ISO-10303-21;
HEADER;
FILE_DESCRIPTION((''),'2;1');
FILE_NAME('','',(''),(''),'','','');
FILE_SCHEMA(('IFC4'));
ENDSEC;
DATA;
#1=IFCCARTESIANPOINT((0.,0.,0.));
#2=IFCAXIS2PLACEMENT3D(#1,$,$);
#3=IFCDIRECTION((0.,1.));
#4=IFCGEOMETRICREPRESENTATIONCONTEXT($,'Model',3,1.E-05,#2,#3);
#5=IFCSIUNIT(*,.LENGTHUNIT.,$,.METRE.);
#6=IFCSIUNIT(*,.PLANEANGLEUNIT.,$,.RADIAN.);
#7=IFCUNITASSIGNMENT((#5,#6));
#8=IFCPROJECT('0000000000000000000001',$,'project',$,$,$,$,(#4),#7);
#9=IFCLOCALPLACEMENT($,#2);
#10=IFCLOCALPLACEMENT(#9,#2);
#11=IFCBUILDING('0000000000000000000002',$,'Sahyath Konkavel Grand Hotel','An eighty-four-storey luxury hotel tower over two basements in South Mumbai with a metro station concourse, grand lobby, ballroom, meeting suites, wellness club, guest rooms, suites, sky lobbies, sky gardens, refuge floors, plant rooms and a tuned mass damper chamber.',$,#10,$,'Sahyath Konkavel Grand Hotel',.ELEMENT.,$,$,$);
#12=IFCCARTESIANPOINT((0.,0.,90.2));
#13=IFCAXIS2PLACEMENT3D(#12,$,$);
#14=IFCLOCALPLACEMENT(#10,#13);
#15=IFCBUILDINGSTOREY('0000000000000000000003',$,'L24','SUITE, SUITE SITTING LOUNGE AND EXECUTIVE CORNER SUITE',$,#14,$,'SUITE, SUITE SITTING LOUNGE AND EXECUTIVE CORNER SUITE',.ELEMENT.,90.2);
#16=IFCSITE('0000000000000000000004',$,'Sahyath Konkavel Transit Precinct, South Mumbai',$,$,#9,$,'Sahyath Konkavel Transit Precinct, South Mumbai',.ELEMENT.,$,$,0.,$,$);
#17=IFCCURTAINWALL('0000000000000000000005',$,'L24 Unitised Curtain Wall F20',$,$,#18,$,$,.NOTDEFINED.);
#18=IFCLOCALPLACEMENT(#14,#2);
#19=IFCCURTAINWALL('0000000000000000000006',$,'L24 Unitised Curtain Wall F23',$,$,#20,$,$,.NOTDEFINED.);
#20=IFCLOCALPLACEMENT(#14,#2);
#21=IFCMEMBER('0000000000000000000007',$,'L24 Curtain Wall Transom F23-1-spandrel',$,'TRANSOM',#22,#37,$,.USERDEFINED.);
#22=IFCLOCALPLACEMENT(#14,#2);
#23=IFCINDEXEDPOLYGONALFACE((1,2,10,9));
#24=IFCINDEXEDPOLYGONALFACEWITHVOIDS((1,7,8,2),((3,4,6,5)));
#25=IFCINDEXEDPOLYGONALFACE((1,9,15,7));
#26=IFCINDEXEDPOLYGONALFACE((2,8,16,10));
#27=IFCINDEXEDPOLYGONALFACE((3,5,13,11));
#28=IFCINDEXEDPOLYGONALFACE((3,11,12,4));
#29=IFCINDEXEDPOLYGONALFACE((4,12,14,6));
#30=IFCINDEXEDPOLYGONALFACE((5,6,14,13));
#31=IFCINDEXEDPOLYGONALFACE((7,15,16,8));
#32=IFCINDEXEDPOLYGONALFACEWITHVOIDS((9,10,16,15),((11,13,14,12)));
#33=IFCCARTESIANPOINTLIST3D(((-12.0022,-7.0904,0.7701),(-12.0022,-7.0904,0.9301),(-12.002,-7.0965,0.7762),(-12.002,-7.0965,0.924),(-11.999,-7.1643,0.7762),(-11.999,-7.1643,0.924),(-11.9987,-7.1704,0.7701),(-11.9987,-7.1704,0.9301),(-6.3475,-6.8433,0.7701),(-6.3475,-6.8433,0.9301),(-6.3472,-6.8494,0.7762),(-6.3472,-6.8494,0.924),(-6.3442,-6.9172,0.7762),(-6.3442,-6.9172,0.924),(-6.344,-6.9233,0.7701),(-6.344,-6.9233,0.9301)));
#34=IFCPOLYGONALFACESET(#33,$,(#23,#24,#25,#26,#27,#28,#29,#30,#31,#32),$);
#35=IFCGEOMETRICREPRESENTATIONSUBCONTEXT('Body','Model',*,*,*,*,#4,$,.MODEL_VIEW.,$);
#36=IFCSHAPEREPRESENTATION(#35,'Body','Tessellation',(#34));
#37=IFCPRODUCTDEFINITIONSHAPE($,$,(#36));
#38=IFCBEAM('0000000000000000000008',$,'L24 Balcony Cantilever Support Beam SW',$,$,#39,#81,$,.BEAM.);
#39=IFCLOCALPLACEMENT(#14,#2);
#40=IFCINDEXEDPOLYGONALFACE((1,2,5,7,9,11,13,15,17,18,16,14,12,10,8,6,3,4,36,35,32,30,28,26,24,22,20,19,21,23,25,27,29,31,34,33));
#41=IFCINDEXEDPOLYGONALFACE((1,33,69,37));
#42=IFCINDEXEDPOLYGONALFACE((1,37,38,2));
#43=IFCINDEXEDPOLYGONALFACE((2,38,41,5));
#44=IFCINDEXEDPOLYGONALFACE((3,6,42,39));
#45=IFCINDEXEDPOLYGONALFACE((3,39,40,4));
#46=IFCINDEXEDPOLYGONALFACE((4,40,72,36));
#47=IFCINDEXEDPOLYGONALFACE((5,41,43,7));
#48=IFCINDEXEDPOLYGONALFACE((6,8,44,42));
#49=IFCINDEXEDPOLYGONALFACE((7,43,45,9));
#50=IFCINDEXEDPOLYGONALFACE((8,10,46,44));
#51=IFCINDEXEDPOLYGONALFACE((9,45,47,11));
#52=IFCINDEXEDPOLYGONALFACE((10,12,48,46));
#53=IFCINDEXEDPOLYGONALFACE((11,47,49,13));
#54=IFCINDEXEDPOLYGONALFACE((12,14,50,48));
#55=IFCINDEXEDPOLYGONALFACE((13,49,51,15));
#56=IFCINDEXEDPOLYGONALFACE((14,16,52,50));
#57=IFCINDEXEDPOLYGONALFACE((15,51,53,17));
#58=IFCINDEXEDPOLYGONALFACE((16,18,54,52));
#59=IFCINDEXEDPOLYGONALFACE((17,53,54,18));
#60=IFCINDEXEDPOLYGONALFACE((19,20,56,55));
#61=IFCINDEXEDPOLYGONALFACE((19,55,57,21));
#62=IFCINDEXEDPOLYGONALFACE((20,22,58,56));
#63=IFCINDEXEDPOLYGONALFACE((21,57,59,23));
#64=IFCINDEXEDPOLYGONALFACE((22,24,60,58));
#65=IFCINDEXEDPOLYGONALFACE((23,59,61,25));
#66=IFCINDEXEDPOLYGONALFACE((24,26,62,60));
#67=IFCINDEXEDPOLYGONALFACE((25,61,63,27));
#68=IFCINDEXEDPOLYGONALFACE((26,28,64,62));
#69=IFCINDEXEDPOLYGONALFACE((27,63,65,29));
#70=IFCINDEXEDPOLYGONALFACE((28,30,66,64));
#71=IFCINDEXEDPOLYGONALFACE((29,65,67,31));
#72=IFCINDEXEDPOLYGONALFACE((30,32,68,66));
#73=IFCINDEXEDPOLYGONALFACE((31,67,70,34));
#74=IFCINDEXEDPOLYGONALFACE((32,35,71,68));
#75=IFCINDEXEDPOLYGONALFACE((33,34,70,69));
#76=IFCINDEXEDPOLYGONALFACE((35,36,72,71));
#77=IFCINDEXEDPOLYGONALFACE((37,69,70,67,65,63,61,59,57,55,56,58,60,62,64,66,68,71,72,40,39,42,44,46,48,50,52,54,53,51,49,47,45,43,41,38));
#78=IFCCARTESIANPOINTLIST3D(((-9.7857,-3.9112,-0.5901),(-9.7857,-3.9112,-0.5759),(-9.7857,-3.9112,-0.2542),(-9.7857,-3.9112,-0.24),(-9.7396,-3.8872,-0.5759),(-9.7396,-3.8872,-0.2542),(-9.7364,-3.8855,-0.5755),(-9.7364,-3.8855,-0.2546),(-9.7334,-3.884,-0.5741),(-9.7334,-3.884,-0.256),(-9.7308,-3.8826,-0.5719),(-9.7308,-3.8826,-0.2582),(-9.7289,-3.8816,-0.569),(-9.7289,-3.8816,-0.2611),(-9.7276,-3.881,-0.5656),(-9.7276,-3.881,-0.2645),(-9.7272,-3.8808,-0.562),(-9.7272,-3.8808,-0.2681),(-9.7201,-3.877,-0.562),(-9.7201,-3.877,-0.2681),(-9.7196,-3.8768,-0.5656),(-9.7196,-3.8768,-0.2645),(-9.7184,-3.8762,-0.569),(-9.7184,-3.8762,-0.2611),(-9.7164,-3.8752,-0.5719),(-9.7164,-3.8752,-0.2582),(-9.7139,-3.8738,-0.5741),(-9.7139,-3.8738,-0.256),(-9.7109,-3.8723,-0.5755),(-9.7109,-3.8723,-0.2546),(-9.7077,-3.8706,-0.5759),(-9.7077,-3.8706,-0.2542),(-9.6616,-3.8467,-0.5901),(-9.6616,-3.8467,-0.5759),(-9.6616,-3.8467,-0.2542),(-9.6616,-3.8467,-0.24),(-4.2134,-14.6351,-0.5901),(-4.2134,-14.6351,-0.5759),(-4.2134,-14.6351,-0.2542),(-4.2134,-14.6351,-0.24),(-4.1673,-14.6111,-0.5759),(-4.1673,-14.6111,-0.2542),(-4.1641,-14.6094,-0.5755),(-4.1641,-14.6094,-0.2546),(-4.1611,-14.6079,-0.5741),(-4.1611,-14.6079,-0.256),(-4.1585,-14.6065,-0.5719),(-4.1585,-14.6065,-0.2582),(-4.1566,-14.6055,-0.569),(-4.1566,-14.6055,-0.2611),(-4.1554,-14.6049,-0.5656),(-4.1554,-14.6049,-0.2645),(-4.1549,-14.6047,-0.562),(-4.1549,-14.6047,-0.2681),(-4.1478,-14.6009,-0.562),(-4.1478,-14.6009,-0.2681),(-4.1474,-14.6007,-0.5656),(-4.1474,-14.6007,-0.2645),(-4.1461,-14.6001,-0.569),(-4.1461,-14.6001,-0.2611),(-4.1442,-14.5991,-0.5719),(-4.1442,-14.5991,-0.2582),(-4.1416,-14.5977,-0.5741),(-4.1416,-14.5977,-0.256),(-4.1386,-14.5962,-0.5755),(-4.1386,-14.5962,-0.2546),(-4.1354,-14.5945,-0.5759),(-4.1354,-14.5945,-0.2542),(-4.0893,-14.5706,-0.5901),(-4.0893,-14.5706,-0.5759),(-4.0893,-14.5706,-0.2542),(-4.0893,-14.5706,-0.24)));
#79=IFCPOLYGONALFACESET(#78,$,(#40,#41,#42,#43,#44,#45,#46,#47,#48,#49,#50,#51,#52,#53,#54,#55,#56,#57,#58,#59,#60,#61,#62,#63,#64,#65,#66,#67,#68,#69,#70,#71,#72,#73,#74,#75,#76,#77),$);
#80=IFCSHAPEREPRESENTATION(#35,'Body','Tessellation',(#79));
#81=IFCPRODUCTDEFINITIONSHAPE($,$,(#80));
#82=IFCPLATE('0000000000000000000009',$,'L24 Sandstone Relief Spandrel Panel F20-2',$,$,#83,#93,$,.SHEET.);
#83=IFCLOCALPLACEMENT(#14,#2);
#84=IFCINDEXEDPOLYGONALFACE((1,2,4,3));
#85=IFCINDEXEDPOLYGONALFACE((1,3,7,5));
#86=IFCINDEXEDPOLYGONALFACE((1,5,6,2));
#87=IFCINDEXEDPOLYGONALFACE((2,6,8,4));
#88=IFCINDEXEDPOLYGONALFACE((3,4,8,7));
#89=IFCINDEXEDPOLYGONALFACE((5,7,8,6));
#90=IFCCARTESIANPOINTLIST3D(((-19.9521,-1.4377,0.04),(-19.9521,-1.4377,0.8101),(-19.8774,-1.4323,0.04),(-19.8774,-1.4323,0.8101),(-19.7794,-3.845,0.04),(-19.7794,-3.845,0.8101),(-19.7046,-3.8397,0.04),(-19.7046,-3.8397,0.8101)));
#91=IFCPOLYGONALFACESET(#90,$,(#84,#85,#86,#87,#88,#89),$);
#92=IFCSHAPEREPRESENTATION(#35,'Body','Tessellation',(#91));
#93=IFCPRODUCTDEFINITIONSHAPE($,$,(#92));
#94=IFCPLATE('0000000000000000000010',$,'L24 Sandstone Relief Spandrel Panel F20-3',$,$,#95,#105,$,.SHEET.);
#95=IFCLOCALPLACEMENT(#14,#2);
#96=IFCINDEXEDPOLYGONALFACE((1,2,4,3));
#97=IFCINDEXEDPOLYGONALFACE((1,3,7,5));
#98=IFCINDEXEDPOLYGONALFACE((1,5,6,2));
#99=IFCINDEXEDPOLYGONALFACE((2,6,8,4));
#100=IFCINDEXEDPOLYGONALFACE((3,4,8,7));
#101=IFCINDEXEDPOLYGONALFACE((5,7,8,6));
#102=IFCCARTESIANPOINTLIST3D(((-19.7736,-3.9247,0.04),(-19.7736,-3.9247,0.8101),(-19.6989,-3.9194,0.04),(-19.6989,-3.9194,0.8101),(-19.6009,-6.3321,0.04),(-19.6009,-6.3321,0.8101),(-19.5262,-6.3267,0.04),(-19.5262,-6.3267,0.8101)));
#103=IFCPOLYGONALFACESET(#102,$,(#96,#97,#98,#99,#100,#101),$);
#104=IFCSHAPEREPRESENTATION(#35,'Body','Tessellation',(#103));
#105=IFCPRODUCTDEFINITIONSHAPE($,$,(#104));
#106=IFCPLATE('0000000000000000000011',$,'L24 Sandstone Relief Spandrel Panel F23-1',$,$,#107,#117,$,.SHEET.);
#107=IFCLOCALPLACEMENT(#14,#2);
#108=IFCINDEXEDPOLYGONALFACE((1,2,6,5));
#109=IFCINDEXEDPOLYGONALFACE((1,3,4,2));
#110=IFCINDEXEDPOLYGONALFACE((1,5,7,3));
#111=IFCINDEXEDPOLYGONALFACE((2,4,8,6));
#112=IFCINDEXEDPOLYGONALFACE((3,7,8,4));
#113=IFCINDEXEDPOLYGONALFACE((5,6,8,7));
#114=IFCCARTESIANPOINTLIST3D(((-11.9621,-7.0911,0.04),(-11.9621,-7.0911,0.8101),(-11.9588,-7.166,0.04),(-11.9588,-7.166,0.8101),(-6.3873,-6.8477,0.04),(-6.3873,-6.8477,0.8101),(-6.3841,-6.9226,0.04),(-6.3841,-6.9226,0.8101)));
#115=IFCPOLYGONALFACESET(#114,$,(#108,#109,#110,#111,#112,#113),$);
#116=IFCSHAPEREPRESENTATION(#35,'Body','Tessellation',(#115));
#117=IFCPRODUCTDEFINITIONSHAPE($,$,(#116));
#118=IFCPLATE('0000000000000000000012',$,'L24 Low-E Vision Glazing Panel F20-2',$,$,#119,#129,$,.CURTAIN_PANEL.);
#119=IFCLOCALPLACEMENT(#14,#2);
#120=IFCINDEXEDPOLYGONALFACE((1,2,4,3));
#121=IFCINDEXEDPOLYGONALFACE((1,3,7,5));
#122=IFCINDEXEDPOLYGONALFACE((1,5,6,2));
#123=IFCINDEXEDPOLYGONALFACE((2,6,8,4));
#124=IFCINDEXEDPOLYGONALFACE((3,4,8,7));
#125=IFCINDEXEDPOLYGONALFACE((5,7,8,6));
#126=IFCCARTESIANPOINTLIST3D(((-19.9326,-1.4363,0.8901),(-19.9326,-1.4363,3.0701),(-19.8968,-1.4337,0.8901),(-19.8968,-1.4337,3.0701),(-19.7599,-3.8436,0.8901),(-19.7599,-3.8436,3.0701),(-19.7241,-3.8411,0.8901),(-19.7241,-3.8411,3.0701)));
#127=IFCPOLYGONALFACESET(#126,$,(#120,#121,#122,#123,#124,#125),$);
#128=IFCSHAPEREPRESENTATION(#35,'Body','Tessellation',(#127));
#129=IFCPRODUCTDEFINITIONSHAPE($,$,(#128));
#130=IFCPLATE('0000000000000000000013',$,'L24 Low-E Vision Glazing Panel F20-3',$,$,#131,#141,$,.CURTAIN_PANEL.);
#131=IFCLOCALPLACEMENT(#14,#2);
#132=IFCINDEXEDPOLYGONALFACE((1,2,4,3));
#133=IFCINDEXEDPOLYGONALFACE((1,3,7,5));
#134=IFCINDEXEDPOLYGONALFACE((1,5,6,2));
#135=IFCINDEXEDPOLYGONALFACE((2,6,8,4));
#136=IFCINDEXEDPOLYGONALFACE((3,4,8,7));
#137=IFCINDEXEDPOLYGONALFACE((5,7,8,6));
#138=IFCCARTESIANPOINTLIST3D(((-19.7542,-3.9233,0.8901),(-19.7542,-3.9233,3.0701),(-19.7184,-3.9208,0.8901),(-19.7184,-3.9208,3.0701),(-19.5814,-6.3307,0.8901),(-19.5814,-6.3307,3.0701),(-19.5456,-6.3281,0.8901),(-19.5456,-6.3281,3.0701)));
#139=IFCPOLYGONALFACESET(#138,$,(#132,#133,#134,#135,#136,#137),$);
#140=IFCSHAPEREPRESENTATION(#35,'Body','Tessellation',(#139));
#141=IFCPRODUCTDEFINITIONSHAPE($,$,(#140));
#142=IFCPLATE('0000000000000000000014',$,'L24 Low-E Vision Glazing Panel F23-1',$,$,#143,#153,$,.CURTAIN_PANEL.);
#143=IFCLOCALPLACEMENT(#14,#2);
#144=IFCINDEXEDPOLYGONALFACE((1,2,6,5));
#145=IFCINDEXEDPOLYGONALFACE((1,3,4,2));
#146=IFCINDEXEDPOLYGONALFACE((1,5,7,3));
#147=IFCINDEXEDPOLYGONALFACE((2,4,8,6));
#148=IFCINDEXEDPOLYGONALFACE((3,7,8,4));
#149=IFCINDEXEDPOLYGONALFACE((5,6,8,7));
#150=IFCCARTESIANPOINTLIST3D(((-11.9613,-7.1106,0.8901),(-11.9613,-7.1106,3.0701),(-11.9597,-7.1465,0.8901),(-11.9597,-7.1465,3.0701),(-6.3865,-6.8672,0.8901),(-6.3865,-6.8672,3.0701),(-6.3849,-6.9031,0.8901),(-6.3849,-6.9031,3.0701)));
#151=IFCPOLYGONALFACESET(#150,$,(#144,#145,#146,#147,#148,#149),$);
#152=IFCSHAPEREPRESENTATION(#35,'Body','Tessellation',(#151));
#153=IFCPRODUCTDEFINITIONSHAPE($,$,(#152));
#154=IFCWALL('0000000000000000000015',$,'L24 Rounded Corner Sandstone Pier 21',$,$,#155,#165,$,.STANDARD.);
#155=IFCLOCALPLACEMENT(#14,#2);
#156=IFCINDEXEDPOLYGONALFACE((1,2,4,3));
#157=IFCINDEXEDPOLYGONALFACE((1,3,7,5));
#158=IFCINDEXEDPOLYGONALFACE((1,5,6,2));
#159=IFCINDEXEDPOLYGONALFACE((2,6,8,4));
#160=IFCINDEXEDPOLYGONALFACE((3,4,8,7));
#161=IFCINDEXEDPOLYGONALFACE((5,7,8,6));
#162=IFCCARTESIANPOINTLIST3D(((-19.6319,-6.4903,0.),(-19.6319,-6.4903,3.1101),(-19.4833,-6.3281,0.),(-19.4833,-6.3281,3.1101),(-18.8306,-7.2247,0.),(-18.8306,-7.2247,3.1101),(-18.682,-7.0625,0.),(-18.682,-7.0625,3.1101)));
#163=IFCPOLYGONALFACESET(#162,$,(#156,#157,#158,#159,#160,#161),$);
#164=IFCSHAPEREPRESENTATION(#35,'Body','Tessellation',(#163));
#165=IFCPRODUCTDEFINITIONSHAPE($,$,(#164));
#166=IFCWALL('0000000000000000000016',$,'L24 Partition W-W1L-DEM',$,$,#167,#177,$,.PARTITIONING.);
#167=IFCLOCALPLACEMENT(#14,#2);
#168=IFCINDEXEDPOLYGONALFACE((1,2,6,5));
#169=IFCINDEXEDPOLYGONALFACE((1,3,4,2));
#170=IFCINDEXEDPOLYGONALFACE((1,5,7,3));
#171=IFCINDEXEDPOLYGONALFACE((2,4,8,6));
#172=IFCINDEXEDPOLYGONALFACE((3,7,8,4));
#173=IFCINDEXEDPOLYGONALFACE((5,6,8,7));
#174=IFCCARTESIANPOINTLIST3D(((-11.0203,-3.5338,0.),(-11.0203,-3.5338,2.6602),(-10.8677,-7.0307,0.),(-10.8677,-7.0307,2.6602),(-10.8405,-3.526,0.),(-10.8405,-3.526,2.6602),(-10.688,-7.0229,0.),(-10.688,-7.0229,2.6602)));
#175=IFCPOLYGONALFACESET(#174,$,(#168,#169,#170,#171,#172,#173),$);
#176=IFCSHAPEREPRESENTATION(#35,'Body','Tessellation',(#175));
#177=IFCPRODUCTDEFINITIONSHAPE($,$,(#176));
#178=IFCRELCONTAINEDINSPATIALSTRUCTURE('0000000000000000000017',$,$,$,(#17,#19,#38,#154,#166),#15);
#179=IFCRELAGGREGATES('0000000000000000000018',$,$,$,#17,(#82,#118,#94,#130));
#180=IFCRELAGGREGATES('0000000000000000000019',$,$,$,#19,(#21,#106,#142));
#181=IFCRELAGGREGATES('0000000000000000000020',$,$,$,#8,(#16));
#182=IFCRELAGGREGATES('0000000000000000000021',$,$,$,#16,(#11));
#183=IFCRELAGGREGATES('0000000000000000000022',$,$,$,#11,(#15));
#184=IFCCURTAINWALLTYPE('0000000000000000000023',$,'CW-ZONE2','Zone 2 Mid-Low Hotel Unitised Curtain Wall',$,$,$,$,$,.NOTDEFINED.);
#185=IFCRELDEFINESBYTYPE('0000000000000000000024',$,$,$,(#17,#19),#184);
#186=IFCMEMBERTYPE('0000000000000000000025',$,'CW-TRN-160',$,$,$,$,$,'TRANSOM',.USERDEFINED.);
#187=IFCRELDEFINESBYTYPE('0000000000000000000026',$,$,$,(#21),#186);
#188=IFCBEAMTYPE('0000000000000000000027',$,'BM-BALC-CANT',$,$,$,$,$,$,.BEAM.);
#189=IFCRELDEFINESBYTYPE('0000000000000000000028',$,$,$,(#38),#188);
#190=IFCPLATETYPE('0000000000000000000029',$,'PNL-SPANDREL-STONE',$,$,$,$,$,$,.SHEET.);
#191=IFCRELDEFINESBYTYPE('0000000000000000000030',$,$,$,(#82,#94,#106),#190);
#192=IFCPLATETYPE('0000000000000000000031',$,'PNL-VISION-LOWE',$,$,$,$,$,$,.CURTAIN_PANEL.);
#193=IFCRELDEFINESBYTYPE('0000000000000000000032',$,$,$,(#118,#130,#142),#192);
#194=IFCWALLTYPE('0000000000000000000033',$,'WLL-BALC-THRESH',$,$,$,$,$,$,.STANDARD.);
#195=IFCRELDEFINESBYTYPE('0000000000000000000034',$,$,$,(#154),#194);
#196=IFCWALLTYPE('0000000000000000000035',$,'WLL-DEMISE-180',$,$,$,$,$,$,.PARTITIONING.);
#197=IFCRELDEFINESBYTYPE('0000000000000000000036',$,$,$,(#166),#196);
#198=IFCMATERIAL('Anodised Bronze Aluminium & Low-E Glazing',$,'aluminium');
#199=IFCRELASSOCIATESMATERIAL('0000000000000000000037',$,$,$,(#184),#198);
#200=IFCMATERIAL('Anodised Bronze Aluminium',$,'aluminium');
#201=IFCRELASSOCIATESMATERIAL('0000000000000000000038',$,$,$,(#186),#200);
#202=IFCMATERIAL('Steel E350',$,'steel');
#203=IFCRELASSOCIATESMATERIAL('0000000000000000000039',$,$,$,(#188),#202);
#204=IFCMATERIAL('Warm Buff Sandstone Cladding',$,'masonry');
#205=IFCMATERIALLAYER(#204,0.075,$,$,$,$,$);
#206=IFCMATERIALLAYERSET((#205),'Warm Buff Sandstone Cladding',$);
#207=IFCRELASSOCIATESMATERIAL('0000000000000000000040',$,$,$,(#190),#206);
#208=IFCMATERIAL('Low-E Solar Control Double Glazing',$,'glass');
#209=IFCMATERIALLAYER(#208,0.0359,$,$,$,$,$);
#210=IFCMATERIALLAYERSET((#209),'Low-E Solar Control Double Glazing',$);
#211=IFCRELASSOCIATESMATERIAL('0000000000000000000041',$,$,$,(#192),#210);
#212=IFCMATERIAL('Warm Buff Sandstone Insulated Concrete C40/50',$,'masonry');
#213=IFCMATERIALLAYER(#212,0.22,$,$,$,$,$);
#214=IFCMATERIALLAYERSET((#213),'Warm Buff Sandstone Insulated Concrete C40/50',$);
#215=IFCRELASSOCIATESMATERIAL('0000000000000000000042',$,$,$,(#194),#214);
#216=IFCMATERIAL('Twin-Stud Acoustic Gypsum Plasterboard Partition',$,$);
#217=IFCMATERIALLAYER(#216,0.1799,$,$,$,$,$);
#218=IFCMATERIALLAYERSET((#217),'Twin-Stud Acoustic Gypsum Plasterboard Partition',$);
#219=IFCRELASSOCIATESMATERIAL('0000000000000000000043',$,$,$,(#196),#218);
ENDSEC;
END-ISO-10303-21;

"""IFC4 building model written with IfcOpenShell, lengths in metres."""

from ifc_helpers import new_model, si_unit, direction, frame, frame_2d, origin, origin_2d, place, context, subcontext, project, spatial, rectangle, hollow_rectangle, i_section, extrude, source, transform, mapped, material, layer, layer_set, material_profile, profile_set, type_object, element, aggregate, save


model = new_model("IFC4")

# Units and contexts
model_context = context("Model", 3, precision=1e-05, world=origin(), true_north=direction((0.0, 1.0)))
body_context = subcontext(model_context, "Body", "Model", "MODEL_VIEW")
ifc_project = project(units=[si_unit("LENGTHUNIT", "METRE"), si_unit("PLANEANGLEUNIT", "RADIAN")], contexts=[model_context])

# Site, building, storey
site_placement = place(None, origin())
site = spatial("IfcSite", under=ifc_project, at=site_placement, Name="Sahyath Konkavel Transit Precinct, South Mumbai", LongName="Sahyath Konkavel Transit Precinct, South Mumbai", CompositionType="ELEMENT", RefElevation=0.0)
building_placement = place(site_placement, origin())
building = spatial("IfcBuilding", under=site, at=building_placement, Name="Sahyath Konkavel Grand Hotel", Description="An eighty-four-storey luxury hotel tower over two basements in South Mumbai with a metro station concourse, grand lobby, ballroom, meeting suites, wellness club, guest rooms, suites, sky lobbies, sky gardens, refuge floors, plant rooms and a tuned mass damper chamber.", LongName="Sahyath Konkavel Grand Hotel", CompositionType="ELEMENT")
storey_placement = place(building_placement, frame((0.0, 0.0, 90.2)))
storey = spatial("IfcBuildingStorey", under=building, at=storey_placement, Name="L24", Description="SUITE, SUITE SITTING LOUNGE AND EXECUTIVE CORNER SUITE", LongName="SUITE, SUITE SITTING LOUNGE AND EXECUTIVE CORNER SUITE", CompositionType="ELEMENT", Elevation=90.2)

# Shared definitions
ifc_material_1 = material(Name="Steel E350", Category="steel")

# Curtain wall
ifc_material_2 = material(Name="Anodised Bronze Aluminium & Low-E Glazing", Category="aluminium")
curtain_wall_type = type_object("IfcCurtainWallType", Name="CW-ZONE2", Description="Zone 2 Mid-Low Hotel Unitised Curtain Wall", PredefinedType="NOTDEFINED", material=ifc_material_2)
curtain_wall_1_placement = place(storey_placement, origin())
curtain_wall_1 = element("IfcCurtainWall", 1, at=curtain_wall_1_placement, inside=storey, type_object=curtain_wall_type, Name="L24 Unitised Curtain Wall F20", PredefinedType="NOTDEFINED")
ifc_material_3 = material(Name="Anodised Bronze Aluminium", Category="aluminium")
ifc_material_profile_1 = material_profile(ifc_material_3, hollow_rectangle(XDim=0.0801, YDim=0.1599, WallThickness=0.0061, at=origin_2d()), Name="RHS 160x80x6")
ifc_profile_set_1 = profile_set([ifc_material_profile_1], Name="Anodised Bronze Aluminium")
member_type_1 = type_object("IfcMemberType", Name="CW-TRN-160", ElementType="TRANSOM", PredefinedType="USERDEFINED", material=ifc_profile_set_1)

# Curtain wall, member
curtain_wall_2_placement = place(storey_placement, origin())
curtain_wall_2 = element("IfcCurtainWall", 2, at=curtain_wall_2_placement, inside=storey, type_object=curtain_wall_type, Name="L24 Unitised Curtain Wall F23", PredefinedType="NOTDEFINED")
shared_shape_1 = source(origin(), body_context, "Body", "SweptSolid", [
    extrude(hollow_rectangle(XDim=0.0801, YDim=0.1599, WallThickness=0.0061, at=origin_2d()), origin(), (0.0, 0.0, 1.0), 5.6602),
])
member_1_placement = place(storey_placement, frame((-12.0005, -7.1304, 0.8501), z_axis=(0.999047, 0.043651, 0.0), x_axis=(-0.043651, 0.999047, 0.0)))
member_1 = element("IfcMember", 3, at=member_1_placement, type_object=member_type_1, Name="L24 Curtain Wall Transom F23-1-spandrel", ObjectType="TRANSOM", PredefinedType="USERDEFINED", context=body_context, shape_type="MappedRepresentation", body=[
    mapped(shared_shape_1, transform((0.0, 0.0, 0.0), scale=1.0)),
])

# Beam
ifc_material_profile_2 = material_profile(ifc_material_1, i_section(OverallWidth=0.1399, OverallDepth=0.3501, WebThickness=0.0081, FlangeThickness=0.0142, FilletRadius=0.0139, at=origin_2d()), Name="ISMB 350")
ifc_profile_set_2 = profile_set([ifc_material_profile_2], Name="Steel E350")
beam_type_1 = type_object("IfcBeamType", Name="BM-BALC-CANT", PredefinedType="BEAM", material=ifc_profile_set_2)
shared_shape_2 = source(origin(), body_context, "Body", "SweptSolid", [
    extrude(i_section(OverallWidth=0.1399, OverallDepth=0.3501, WebThickness=0.0081, FlangeThickness=0.0142, FilletRadius=0.0139, at=origin_2d()), origin(), (0.0, 0.0, 1.0), 12.0852),
])
beam_1_placement = place(storey_placement, frame((-9.7236, -3.8789, -0.415), z_axis=(0.461082, -0.887357, 0.0), x_axis=(0.887357, 0.461082, 0.0)))
element("IfcBeam", 4, at=beam_1_placement, inside=storey, type_object=beam_type_1, Name="L24 Balcony Cantilever Support Beam SW", PredefinedType="BEAM", context=body_context, shape_type="MappedRepresentation", body=[
    mapped(shared_shape_2, transform((0.0, 0.0, 0.0), scale=1.0)),
])

# Plates
ifc_material_4 = material(Name="Warm Buff Sandstone Cladding", Category="masonry")
ifc_layer_1 = layer(ifc_material_4, 0.075)
ifc_layer_set_1 = layer_set([ifc_layer_1], Name="Warm Buff Sandstone Cladding")
plate_type_1 = type_object("IfcPlateType", Name="PNL-SPANDREL-STONE", PredefinedType="SHEET", material=ifc_layer_set_1)
shared_shape_3 = source(origin(), body_context, "Body", "SweptSolid", [
    extrude(rectangle(XDim=2.4136, YDim=0.075, at=origin_2d()), origin(), (0.0, 0.0, 1.0), 0.77),
])
plate_1_placement = place(storey_placement, frame((-19.8284, -2.6387, 0.04), z_axis=(0.0, 0.0, 1.0), x_axis=(0.071567, -0.997436, 0.0)))
plate_1 = element("IfcPlate", 5, at=plate_1_placement, type_object=plate_type_1, Name="L24 Sandstone Relief Spandrel Panel F20-2", PredefinedType="SHEET", context=body_context, shape_type="MappedRepresentation", body=[
    mapped(shared_shape_3, transform((0.0, 0.0, 0.0), scale=1.0)),
])
plate_2_placement = place(storey_placement, frame((-19.6499, -5.1257, 0.04), z_axis=(0.0, 0.0, 1.0), x_axis=(0.071567, -0.997436, 0.0)))
plate_2 = element("IfcPlate", 6, at=plate_2_placement, type_object=plate_type_1, Name="L24 Sandstone Relief Spandrel Panel F20-3", PredefinedType="SHEET", context=body_context, shape_type="MappedRepresentation", body=[
    mapped(shared_shape_3, transform((0.0, 0.0, 0.0), scale=1.0)),
])
shared_shape_4 = source(origin(), body_context, "Body", "SweptSolid", [
    extrude(rectangle(XDim=5.5801, YDim=0.075, at=origin_2d()), origin(), (0.0, 0.0, 1.0), 0.77),
])
plate_3_placement = place(storey_placement, frame((-9.1731, -7.0068, 0.04), z_axis=(0.0, 0.0, 1.0), x_axis=(0.999048, 0.043619, 0.0)))
plate_3 = element("IfcPlate", 7, at=plate_3_placement, type_object=plate_type_1, Name="L24 Sandstone Relief Spandrel Panel F23-1", PredefinedType="SHEET", context=body_context, shape_type="MappedRepresentation", body=[
    mapped(shared_shape_4, transform((0.0, 0.0, 0.0), scale=1.0)),
])
ifc_material_5 = material(Name="Low-E Solar Control Double Glazing", Category="glass")
ifc_layer_2 = layer(ifc_material_5, 0.0359)
ifc_layer_set_2 = layer_set([ifc_layer_2], Name="Low-E Solar Control Double Glazing")
plate_type_2 = type_object("IfcPlateType", Name="PNL-VISION-LOWE", PredefinedType="CURTAIN_PANEL", material=ifc_layer_set_2)
shared_shape_5 = source(origin(), body_context, "Body", "SweptSolid", [
    extrude(rectangle(XDim=2.4136, YDim=0.0359, at=origin_2d()), origin(), (0.0, 0.0, 1.0), 2.1799),
])
plate_4_placement = place(storey_placement, frame((-19.8284, -2.6387, 0.8901), z_axis=(0.0, 0.0, 1.0), x_axis=(0.071567, -0.997436, 0.0)))
plate_4 = element("IfcPlate", 8, at=plate_4_placement, type_object=plate_type_2, Name="L24 Low-E Vision Glazing Panel F20-2", PredefinedType="CURTAIN_PANEL", context=body_context, shape_type="MappedRepresentation", body=[
    mapped(shared_shape_5, transform((0.0, 0.0, 0.0), scale=1.0)),
])
plate_5_placement = place(storey_placement, frame((-19.6499, -5.1257, 0.8901), z_axis=(0.0, 0.0, 1.0), x_axis=(0.071567, -0.997436, 0.0)))
plate_5 = element("IfcPlate", 9, at=plate_5_placement, type_object=plate_type_2, Name="L24 Low-E Vision Glazing Panel F20-3", PredefinedType="CURTAIN_PANEL", context=body_context, shape_type="MappedRepresentation", body=[
    mapped(shared_shape_5, transform((0.0, 0.0, 0.0), scale=1.0)),
])
aggregate(curtain_wall_1, [plate_1, plate_4, plate_2, plate_5])
shared_shape_6 = source(origin(), body_context, "Body", "SweptSolid", [
    extrude(rectangle(XDim=5.5801, YDim=0.0359, at=origin_2d()), origin(), (0.0, 0.0, 1.0), 2.1799),
])
plate_6_placement = place(storey_placement, frame((-9.1731, -7.0068, 0.8901), z_axis=(0.0, 0.0, 1.0), x_axis=(0.999048, 0.043619, 0.0)))
plate_6 = element("IfcPlate", 10, at=plate_6_placement, type_object=plate_type_2, Name="L24 Low-E Vision Glazing Panel F23-1", PredefinedType="CURTAIN_PANEL", context=body_context, shape_type="MappedRepresentation", body=[
    mapped(shared_shape_6, transform((0.0, 0.0, 0.0), scale=1.0)),
])
aggregate(curtain_wall_2, [member_1, plate_3, plate_6])

# Walls
ifc_material_6 = material(Name="Warm Buff Sandstone Insulated Concrete C40/50", Category="masonry")
ifc_layer_3 = layer(ifc_material_6, 0.22)
ifc_layer_set_3 = layer_set([ifc_layer_3], Name="Warm Buff Sandstone Insulated Concrete C40/50")
wall_type_1 = type_object("IfcWallType", Name="WLL-BALC-THRESH", PredefinedType="STANDARD", material=ifc_layer_set_3)
wall_1_placement = place(storey_placement, frame((-19.5576, -6.4092, 0.0), z_axis=(0.0, 0.0, 1.0), x_axis=(0.73721, -0.675664, 0.0)))
element("IfcWall", 11, at=wall_1_placement, inside=storey, type_object=wall_type_1, Name="L24 Rounded Corner Sandstone Pier 21", PredefinedType="STANDARD", context=body_context, shape_type="SweptSolid", body=[
    extrude(rectangle(XDim=1.0869, YDim=0.22, at=frame_2d((0.5435, 0.0))), origin(), (0.0, 0.0, 1.0), 3.1101),
])
ifc_material_7 = material(Name="Twin-Stud Acoustic Gypsum Plasterboard Partition")
ifc_layer_4 = layer(ifc_material_7, 0.1799)
ifc_layer_set_4 = layer_set([ifc_layer_4], Name="Twin-Stud Acoustic Gypsum Plasterboard Partition")
wall_type_2 = type_object("IfcWallType", Name="WLL-DEMISE-180", PredefinedType="PARTITIONING", material=ifc_layer_set_4)
wall_2_placement = place(storey_placement, frame((-10.9304, -3.53, 0.0), z_axis=(0.0, 0.0, 1.0), x_axis=(0.043595, -0.999049, 0.0)))
element("IfcWall", 12, at=wall_2_placement, inside=storey, type_object=wall_type_2, Name="L24 Partition W-W1L-DEM", PredefinedType="PARTITIONING", context=body_context, shape_type="SweptSolid", body=[
    extrude(rectangle(XDim=3.5002, YDim=0.1799, at=frame_2d((1.75, 0.0))), origin(), (0.0, 0.0, 1.0), 2.6602),
])

save(model, "model.ifc")
